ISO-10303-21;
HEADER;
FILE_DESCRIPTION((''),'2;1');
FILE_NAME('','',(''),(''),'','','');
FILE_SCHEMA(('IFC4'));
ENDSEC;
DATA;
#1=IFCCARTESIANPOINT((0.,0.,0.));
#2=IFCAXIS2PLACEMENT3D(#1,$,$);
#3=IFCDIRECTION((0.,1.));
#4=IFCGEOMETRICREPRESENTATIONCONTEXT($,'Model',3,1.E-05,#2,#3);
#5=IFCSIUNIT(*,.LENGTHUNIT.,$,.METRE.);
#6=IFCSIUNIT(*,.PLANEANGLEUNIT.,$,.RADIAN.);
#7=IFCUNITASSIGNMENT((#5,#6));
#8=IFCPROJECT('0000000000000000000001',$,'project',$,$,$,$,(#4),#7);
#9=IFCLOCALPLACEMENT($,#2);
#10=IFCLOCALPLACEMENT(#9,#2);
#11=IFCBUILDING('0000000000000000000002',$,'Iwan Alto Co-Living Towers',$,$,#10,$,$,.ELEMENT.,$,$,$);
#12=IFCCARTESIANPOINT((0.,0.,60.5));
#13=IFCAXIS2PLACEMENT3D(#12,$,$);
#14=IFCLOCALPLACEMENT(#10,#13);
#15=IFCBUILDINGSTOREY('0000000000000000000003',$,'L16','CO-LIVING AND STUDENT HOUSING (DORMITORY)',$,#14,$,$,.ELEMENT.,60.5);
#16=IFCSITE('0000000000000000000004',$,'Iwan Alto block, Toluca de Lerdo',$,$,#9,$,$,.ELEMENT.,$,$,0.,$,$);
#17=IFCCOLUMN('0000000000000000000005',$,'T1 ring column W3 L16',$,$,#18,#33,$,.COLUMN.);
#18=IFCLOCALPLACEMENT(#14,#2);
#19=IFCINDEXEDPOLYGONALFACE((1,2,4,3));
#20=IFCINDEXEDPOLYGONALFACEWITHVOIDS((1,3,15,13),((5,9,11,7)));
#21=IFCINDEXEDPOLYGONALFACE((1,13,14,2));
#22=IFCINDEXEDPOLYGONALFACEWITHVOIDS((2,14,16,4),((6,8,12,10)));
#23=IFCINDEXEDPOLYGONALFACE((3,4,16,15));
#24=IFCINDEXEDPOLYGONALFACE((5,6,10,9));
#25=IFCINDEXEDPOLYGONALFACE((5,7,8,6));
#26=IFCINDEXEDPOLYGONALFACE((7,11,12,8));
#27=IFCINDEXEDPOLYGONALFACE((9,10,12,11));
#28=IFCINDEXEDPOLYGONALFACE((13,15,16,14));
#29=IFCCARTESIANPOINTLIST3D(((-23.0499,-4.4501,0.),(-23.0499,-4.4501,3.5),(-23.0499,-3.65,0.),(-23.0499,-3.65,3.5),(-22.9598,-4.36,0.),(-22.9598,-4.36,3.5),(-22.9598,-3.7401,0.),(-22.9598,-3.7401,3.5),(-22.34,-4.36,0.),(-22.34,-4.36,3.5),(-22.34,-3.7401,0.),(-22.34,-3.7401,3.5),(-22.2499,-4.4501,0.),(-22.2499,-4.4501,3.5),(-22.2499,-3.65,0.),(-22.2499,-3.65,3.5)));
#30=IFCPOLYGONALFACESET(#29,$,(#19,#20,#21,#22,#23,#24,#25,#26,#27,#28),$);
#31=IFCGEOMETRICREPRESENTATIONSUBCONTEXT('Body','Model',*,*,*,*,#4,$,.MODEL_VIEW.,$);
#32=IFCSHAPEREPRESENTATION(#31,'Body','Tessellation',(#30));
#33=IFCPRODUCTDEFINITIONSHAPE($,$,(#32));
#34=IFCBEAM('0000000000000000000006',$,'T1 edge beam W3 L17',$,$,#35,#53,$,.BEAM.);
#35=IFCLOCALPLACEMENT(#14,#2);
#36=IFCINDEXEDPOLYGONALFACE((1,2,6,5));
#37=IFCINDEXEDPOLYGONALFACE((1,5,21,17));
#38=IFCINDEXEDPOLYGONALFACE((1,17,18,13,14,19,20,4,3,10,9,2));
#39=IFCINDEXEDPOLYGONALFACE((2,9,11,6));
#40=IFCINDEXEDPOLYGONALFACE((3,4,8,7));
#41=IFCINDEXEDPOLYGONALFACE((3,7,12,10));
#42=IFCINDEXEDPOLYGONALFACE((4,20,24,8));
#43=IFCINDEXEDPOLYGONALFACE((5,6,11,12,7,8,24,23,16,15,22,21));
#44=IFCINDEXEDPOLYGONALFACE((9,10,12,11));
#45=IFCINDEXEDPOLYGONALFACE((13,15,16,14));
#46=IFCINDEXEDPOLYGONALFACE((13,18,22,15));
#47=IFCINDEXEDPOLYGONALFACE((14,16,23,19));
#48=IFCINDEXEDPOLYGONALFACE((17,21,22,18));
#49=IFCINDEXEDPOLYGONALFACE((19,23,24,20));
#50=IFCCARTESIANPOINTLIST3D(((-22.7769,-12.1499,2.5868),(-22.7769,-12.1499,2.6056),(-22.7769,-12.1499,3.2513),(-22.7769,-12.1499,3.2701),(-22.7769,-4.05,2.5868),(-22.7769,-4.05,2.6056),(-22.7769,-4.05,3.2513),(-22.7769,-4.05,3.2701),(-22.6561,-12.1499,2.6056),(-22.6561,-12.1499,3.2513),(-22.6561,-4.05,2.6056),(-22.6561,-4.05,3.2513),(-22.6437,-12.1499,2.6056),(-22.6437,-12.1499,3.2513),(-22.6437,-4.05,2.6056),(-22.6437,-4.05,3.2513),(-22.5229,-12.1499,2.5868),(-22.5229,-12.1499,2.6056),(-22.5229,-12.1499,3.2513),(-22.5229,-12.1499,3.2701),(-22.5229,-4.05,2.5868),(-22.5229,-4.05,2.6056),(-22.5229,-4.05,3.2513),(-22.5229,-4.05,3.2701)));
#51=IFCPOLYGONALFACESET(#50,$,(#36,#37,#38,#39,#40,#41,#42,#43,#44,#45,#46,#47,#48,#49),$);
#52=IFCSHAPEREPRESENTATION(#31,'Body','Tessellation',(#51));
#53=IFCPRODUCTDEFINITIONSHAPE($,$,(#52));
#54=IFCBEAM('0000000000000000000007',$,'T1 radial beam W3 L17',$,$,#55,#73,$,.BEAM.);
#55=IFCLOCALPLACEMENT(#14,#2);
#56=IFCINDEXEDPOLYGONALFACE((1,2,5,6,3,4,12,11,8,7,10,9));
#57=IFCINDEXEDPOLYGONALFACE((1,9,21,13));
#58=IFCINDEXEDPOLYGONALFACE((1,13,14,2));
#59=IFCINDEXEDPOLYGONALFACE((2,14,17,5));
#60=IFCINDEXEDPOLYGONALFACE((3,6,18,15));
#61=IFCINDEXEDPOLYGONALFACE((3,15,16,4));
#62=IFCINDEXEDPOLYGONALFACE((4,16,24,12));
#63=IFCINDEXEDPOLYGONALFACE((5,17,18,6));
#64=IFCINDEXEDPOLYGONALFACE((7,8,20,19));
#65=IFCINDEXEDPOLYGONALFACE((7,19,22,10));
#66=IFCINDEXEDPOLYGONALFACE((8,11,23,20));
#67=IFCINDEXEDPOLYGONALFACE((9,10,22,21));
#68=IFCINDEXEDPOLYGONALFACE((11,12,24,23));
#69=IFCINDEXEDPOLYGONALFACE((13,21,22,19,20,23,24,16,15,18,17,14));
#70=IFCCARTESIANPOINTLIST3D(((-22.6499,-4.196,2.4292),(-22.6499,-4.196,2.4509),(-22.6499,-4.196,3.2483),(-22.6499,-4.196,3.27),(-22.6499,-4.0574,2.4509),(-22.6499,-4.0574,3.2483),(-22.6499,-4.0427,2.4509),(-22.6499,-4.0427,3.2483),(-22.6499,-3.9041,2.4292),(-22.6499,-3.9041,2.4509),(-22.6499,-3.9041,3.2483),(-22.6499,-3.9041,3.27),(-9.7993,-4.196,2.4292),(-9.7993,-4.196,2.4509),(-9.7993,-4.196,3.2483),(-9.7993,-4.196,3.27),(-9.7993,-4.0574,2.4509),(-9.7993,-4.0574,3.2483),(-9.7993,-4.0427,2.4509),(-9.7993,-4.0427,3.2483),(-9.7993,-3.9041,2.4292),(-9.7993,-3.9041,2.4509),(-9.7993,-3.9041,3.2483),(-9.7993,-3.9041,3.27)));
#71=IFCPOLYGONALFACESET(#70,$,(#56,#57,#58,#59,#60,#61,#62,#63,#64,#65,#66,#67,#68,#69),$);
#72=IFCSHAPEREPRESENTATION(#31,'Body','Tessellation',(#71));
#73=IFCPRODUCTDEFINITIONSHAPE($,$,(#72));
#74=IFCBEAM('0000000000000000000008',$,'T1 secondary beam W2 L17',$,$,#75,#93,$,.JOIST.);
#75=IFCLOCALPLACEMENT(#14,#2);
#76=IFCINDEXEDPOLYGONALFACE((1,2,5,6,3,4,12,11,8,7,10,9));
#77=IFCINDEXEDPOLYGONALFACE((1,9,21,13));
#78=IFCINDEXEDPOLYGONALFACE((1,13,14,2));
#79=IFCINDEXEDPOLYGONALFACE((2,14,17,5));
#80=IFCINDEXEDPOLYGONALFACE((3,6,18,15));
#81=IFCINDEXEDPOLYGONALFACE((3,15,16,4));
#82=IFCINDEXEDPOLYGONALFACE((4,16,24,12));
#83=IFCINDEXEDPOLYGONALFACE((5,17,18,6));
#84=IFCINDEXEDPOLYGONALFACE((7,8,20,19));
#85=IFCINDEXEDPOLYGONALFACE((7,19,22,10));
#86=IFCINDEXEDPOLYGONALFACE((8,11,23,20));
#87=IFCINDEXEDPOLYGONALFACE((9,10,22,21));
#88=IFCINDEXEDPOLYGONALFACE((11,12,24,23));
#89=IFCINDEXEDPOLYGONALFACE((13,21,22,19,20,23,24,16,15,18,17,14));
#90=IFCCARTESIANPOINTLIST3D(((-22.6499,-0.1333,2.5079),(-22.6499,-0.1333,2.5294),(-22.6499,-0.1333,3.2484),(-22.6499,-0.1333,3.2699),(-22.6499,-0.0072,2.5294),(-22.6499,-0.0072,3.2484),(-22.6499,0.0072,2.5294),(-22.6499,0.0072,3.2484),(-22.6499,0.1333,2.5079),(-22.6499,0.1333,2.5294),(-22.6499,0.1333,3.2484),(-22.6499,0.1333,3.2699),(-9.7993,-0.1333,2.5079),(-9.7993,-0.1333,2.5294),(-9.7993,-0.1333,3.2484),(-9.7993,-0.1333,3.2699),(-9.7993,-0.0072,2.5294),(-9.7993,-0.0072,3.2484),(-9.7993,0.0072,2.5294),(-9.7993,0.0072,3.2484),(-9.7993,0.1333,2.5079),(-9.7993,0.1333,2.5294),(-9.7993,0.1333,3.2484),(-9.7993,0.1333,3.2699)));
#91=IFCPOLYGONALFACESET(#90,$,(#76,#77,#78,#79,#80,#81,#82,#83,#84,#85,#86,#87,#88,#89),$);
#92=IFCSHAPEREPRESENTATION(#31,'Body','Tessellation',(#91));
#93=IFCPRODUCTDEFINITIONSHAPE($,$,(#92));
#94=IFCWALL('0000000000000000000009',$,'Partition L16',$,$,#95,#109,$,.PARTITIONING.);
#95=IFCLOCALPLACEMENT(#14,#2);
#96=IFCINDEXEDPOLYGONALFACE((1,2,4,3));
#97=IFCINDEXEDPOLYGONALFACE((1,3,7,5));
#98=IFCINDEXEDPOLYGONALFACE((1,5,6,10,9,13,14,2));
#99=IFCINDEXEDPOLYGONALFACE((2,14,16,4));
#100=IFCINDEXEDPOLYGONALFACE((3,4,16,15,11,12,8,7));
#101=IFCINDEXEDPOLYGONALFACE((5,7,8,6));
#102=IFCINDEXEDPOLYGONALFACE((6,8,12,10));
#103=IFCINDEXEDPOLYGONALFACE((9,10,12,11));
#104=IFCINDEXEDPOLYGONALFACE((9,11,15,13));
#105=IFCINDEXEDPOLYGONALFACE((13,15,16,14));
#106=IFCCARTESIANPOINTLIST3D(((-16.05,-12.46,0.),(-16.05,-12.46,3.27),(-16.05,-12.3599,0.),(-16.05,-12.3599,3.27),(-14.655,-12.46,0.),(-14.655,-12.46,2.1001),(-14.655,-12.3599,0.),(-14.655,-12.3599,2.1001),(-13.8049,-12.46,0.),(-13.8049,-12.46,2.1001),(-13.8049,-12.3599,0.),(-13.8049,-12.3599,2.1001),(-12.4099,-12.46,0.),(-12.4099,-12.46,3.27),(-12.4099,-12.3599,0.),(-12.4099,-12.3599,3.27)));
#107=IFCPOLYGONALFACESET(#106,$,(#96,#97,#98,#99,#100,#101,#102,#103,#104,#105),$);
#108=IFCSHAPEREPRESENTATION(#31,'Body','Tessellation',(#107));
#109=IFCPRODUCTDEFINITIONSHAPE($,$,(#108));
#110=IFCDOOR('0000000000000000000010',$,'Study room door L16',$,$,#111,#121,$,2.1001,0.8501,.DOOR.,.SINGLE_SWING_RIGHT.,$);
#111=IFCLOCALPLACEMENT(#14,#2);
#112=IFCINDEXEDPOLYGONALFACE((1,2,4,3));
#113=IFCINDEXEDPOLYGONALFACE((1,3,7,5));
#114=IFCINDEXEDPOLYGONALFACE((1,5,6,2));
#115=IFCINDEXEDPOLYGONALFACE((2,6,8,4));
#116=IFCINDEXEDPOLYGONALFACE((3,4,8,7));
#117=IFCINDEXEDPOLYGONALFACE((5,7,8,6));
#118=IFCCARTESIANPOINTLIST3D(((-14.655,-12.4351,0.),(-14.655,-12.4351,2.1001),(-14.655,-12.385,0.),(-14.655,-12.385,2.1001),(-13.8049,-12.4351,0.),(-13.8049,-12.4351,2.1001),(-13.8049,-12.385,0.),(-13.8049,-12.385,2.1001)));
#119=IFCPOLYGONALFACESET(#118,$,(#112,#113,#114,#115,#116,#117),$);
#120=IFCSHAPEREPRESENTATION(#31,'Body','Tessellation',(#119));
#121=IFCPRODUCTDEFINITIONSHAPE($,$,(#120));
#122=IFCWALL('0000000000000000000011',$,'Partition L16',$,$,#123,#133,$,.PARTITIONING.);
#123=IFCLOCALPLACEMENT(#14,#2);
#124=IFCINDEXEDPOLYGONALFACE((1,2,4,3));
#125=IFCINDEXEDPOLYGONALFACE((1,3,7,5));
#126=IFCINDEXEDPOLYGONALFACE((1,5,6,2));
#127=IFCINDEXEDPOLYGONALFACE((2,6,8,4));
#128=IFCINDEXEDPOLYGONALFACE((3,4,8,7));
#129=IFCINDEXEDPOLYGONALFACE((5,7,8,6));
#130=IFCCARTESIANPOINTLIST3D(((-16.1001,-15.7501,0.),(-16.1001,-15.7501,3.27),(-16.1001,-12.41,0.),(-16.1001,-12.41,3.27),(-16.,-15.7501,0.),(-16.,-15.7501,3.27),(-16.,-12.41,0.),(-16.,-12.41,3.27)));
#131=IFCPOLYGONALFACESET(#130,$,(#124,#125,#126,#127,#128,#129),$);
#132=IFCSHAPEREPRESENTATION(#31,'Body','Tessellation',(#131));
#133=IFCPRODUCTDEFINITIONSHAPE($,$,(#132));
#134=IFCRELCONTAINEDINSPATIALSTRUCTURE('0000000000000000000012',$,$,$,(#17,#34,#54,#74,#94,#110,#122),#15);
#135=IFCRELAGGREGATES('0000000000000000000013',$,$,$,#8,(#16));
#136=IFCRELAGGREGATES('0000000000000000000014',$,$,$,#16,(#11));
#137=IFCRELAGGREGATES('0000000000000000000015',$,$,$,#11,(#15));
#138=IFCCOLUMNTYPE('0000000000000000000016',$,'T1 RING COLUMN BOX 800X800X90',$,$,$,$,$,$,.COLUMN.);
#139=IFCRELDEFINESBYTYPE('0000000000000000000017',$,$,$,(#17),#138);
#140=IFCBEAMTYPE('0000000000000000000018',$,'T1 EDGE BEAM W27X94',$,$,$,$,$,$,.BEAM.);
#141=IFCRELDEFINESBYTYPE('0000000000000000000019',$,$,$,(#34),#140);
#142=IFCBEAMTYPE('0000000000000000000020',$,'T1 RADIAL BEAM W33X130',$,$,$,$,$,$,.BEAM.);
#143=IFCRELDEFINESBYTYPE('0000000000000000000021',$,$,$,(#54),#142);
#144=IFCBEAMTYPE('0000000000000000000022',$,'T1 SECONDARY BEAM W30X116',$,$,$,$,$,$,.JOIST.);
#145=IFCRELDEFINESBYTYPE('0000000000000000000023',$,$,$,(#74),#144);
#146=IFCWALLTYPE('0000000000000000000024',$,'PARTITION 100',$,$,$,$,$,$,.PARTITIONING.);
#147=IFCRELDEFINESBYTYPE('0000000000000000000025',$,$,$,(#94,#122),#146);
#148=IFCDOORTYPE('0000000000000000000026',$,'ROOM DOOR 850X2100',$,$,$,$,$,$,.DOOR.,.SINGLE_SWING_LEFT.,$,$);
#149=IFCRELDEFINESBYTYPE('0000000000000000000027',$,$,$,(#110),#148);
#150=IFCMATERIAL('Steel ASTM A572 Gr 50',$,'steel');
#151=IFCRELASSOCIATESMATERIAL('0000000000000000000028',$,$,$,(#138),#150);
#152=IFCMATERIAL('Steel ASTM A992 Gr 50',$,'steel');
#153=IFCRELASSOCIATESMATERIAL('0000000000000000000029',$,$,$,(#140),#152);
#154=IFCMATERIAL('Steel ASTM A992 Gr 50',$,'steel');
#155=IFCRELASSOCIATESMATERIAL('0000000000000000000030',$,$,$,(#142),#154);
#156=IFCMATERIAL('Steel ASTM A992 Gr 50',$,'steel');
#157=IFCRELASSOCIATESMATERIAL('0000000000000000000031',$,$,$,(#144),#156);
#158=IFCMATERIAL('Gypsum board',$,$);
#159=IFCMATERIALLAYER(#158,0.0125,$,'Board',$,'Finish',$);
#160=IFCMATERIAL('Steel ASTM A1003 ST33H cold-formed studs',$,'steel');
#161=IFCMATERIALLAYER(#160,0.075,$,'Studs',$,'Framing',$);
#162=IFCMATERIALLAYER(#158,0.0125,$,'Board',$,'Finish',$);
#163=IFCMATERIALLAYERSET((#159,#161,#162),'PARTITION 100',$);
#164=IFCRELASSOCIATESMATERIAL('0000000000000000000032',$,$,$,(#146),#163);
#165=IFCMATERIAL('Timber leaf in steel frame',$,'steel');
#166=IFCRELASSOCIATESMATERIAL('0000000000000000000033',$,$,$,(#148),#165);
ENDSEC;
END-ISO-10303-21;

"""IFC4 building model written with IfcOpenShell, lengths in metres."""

from ifc_helpers import new_model, si_unit, direction, frame, frame_2d, origin, origin_2d, place, context, subcontext, project, spatial, rectangle, hollow_rectangle, i_section, extrude, material, layer, layer_set, material_profile, profile_set, type_object, element, fill, save


model = new_model("IFC4")

# Units and contexts
model_context = context("Model", 3, precision=1e-05, world=origin(), true_north=direction((0.0, 1.0)))
body_context = subcontext(model_context, "Body", "Model", "MODEL_VIEW")
ifc_project = project(units=[si_unit("LENGTHUNIT", "METRE"), si_unit("PLANEANGLEUNIT", "RADIAN")], contexts=[model_context])

# Site, building, storey
site_placement = place(None, origin())
site = spatial("IfcSite", under=ifc_project, at=site_placement, Name="Iwan Alto block, Toluca de Lerdo", CompositionType="ELEMENT", RefElevation=0.0)
building_placement = place(site_placement, origin())
building = spatial("IfcBuilding", under=site, at=building_placement, Name="Iwan Alto Co-Living Towers", CompositionType="ELEMENT")
storey_placement = place(building_placement, frame((0.0, 0.0, 60.5)))
storey = spatial("IfcBuildingStorey", under=building, at=storey_placement, Name="L16", Description="CO-LIVING AND STUDENT HOUSING (DORMITORY)", CompositionType="ELEMENT", Elevation=60.5)

# Column
ifc_material_1 = material(Name="Steel ASTM A572 Gr 50", Category="steel")
ifc_material_profile_1 = material_profile(ifc_material_1, hollow_rectangle(XDim=0.8, YDim=0.8, WallThickness=0.0901, at=origin_2d()), Name="BOX 800X800X90")
ifc_profile_set_1 = profile_set([ifc_material_profile_1], Name="Steel ASTM A572 Gr 50")
column_type = type_object("IfcColumnType", Name="T1 RING COLUMN BOX 800X800X90", PredefinedType="COLUMN", material=ifc_profile_set_1)
column_placement = place(storey_placement, frame((-22.6499, -4.05, 0.0), z_axis=(0.0, 0.0, 1.0), x_axis=(1.0, 0.0, 0.0)))
element("IfcColumn", 1, at=column_placement, inside=storey, type_object=column_type, Name="T1 ring column W3 L16", PredefinedType="COLUMN", context=body_context, shape_type="SweptSolid", body=[
    extrude(hollow_rectangle(XDim=0.8, YDim=0.8, WallThickness=0.0901, at=origin_2d()), origin(), (0.0, 0.0, 1.0), 3.5),
])

# Beams
ifc_material_2 = material(Name="Steel ASTM A992 Gr 50", Category="steel")
ifc_material_profile_2 = material_profile(ifc_material_2, i_section(OverallWidth=0.2539, OverallDepth=0.6833, WebThickness=0.0125, FlangeThickness=0.0188, at=origin_2d()), Name="W27X94")
ifc_profile_set_2 = profile_set([ifc_material_profile_2], Name="Steel ASTM A992 Gr 50")
beam_type_1 = type_object("IfcBeamType", Name="T1 EDGE BEAM W27X94", PredefinedType="BEAM", material=ifc_profile_set_2)
beam_1_placement = place(storey_placement, frame((-22.6499, -4.05, 2.9285), z_axis=(0.0, -1.0, 0.0), x_axis=(1.0, 0.0, 0.0)))
element("IfcBeam", 2, at=beam_1_placement, inside=storey, type_object=beam_type_1, Name="T1 edge beam W3 L17", PredefinedType="BEAM", context=body_context, shape_type="SweptSolid", body=[
    extrude(i_section(OverallWidth=0.2539, OverallDepth=0.6833, WebThickness=0.0125, FlangeThickness=0.0188, at=origin_2d()), origin(), (0.0, 0.0, 1.0), 8.0999),
])
ifc_material_3 = material(Name="Steel ASTM A992 Gr 50", Category="steel")
ifc_material_profile_3 = material_profile(ifc_material_3, i_section(OverallWidth=0.292, OverallDepth=0.8408, WebThickness=0.0146, FlangeThickness=0.0217, at=origin_2d()), Name="W33X130")
ifc_profile_set_3 = profile_set([ifc_material_profile_3], Name="Steel ASTM A992 Gr 50")
beam_type_2 = type_object("IfcBeamType", Name="T1 RADIAL BEAM W33X130", PredefinedType="BEAM", material=ifc_profile_set_3)
beam_2_placement = place(storey_placement, frame((-22.6499, -4.05, 2.8496), z_axis=(1.0, 0.0, 0.0), x_axis=(0.0, 1.0, 0.0)))
element("IfcBeam", 3, at=beam_2_placement, inside=storey, type_object=beam_type_2, Name="T1 radial beam W3 L17", PredefinedType="BEAM", context=body_context, shape_type="SweptSolid", body=[
    extrude(i_section(OverallWidth=0.292, OverallDepth=0.8408, WebThickness=0.0146, FlangeThickness=0.0217, at=origin_2d()), origin(), (0.0, 0.0, 1.0), 12.8506),
])
ifc_material_4 = material(Name="Steel ASTM A992 Gr 50", Category="steel")
ifc_material_profile_4 = material_profile(ifc_material_4, i_section(OverallWidth=0.2666, OverallDepth=0.762, WebThickness=0.0144, FlangeThickness=0.0215, at=origin_2d()), Name="W30X116")
ifc_profile_set_4 = profile_set([ifc_material_profile_4], Name="Steel ASTM A992 Gr 50")
beam_type_3 = type_object("IfcBeamType", Name="T1 SECONDARY BEAM W30X116", PredefinedType="JOIST", material=ifc_profile_set_4)
beam_3_placement = place(storey_placement, frame((-22.6499, 0.0, 2.8889), z_axis=(1.0, 0.0, 0.0), x_axis=(0.0, 1.0, 0.0)))
element("IfcBeam", 4, at=beam_3_placement, inside=storey, type_object=beam_type_3, Name="T1 secondary beam W2 L17", PredefinedType="JOIST", context=body_context, shape_type="SweptSolid", body=[
    extrude(i_section(OverallWidth=0.2666, OverallDepth=0.762, WebThickness=0.0144, FlangeThickness=0.0215, at=origin_2d()), origin(), (0.0, 0.0, 1.0), 12.8506),
])

# Wall, opening, door
ifc_material_5 = material(Name="Gypsum board")
ifc_layer_1 = layer(ifc_material_5, 0.0125, Name="Board", Category="Finish")
ifc_material_6 = material(Name="Steel ASTM A1003 ST33H cold-formed studs", Category="steel")
ifc_layer_2 = layer(ifc_material_6, 0.075, Name="Studs", Category="Framing")
ifc_layer_3 = layer(ifc_material_5, 0.0125, Name="Board", Category="Finish")
ifc_layer_set_1 = layer_set([ifc_layer_1, ifc_layer_2, ifc_layer_3], Name="PARTITION 100")
wall_type_1 = type_object("IfcWallType", Name="PARTITION 100", PredefinedType="PARTITIONING", material=ifc_layer_set_1)
wall_1_placement = place(storey_placement, frame((-16.05, -12.4099, 0.0), z_axis=(0.0, 0.0, 1.0), x_axis=(1.0, 0.0, 0.0)))
wall_1 = element("IfcWall", 5, at=wall_1_placement, inside=storey, type_object=wall_type_1, Name="Partition L16", PredefinedType="PARTITIONING", context=body_context, shape_type="SweptSolid", body=[
    extrude(rectangle(XDim=3.6401, YDim=0.1001, at=frame_2d((1.8201, 0.0))), origin(), (0.0, 0.0, 1.0), 3.27),
])
opening_1_placement = place(wall_1_placement, frame((1.395, 0.0, 0.0)))
opening_1 = element("IfcOpeningElement", 6, at=opening_1_placement, cuts=wall_1, PredefinedType="OPENING", context=body_context, shape_type="SweptSolid", body=[
    extrude(rectangle(XDim=0.8501, YDim=2.1001, at=frame_2d((0.425, 1.05))), frame((0.0, 0.0601, 0.0), z_axis=(0.0, -1.0, 0.0), x_axis=(1.0, 0.0, 0.0)), (0.0, 0.0, 1.0), 0.1201),
])
ifc_material_7 = material(Name="Timber leaf in steel frame", Category="steel")
door_type_1 = type_object("IfcDoorType", Name="ROOM DOOR 850X2100", OperationType="SINGLE_SWING_LEFT", PredefinedType="DOOR", material=ifc_material_7)
door_1_placement = place(opening_1_placement, origin())
door_1 = element("IfcDoor", 7, at=door_1_placement, inside=storey, type_object=door_type_1, Name="Study room door L16", OperationType="SINGLE_SWING_RIGHT", OverallHeight=2.1001, OverallWidth=0.8501, PredefinedType="DOOR", context=body_context, shape_type="SweptSolid", body=[
    extrude(rectangle(XDim=0.8501, YDim=2.1001, at=frame_2d((0.425, 1.05))), frame((0.0, 0.0249, 0.0), z_axis=(0.0, -1.0, 0.0), x_axis=(1.0, 0.0, 0.0)), (0.0, 0.0, 1.0), 0.05),
])
fill(opening_1, door_1)

# Wall
wall_2_placement = place(storey_placement, frame((-16.05, -15.75, 0.0), z_axis=(0.0, 0.0, 1.0), x_axis=(0.0, 1.0, 0.0)))
element("IfcWall", 8, at=wall_2_placement, inside=storey, type_object=wall_type_1, Name="Partition L16", PredefinedType="PARTITIONING", context=body_context, shape_type="SweptSolid", body=[
    extrude(rectangle(XDim=3.3401, YDim=0.1001, at=frame_2d((1.6699, 0.0))), origin(), (0.0, 0.0, 1.0), 3.27),
])

save(model, "model.ifc")
